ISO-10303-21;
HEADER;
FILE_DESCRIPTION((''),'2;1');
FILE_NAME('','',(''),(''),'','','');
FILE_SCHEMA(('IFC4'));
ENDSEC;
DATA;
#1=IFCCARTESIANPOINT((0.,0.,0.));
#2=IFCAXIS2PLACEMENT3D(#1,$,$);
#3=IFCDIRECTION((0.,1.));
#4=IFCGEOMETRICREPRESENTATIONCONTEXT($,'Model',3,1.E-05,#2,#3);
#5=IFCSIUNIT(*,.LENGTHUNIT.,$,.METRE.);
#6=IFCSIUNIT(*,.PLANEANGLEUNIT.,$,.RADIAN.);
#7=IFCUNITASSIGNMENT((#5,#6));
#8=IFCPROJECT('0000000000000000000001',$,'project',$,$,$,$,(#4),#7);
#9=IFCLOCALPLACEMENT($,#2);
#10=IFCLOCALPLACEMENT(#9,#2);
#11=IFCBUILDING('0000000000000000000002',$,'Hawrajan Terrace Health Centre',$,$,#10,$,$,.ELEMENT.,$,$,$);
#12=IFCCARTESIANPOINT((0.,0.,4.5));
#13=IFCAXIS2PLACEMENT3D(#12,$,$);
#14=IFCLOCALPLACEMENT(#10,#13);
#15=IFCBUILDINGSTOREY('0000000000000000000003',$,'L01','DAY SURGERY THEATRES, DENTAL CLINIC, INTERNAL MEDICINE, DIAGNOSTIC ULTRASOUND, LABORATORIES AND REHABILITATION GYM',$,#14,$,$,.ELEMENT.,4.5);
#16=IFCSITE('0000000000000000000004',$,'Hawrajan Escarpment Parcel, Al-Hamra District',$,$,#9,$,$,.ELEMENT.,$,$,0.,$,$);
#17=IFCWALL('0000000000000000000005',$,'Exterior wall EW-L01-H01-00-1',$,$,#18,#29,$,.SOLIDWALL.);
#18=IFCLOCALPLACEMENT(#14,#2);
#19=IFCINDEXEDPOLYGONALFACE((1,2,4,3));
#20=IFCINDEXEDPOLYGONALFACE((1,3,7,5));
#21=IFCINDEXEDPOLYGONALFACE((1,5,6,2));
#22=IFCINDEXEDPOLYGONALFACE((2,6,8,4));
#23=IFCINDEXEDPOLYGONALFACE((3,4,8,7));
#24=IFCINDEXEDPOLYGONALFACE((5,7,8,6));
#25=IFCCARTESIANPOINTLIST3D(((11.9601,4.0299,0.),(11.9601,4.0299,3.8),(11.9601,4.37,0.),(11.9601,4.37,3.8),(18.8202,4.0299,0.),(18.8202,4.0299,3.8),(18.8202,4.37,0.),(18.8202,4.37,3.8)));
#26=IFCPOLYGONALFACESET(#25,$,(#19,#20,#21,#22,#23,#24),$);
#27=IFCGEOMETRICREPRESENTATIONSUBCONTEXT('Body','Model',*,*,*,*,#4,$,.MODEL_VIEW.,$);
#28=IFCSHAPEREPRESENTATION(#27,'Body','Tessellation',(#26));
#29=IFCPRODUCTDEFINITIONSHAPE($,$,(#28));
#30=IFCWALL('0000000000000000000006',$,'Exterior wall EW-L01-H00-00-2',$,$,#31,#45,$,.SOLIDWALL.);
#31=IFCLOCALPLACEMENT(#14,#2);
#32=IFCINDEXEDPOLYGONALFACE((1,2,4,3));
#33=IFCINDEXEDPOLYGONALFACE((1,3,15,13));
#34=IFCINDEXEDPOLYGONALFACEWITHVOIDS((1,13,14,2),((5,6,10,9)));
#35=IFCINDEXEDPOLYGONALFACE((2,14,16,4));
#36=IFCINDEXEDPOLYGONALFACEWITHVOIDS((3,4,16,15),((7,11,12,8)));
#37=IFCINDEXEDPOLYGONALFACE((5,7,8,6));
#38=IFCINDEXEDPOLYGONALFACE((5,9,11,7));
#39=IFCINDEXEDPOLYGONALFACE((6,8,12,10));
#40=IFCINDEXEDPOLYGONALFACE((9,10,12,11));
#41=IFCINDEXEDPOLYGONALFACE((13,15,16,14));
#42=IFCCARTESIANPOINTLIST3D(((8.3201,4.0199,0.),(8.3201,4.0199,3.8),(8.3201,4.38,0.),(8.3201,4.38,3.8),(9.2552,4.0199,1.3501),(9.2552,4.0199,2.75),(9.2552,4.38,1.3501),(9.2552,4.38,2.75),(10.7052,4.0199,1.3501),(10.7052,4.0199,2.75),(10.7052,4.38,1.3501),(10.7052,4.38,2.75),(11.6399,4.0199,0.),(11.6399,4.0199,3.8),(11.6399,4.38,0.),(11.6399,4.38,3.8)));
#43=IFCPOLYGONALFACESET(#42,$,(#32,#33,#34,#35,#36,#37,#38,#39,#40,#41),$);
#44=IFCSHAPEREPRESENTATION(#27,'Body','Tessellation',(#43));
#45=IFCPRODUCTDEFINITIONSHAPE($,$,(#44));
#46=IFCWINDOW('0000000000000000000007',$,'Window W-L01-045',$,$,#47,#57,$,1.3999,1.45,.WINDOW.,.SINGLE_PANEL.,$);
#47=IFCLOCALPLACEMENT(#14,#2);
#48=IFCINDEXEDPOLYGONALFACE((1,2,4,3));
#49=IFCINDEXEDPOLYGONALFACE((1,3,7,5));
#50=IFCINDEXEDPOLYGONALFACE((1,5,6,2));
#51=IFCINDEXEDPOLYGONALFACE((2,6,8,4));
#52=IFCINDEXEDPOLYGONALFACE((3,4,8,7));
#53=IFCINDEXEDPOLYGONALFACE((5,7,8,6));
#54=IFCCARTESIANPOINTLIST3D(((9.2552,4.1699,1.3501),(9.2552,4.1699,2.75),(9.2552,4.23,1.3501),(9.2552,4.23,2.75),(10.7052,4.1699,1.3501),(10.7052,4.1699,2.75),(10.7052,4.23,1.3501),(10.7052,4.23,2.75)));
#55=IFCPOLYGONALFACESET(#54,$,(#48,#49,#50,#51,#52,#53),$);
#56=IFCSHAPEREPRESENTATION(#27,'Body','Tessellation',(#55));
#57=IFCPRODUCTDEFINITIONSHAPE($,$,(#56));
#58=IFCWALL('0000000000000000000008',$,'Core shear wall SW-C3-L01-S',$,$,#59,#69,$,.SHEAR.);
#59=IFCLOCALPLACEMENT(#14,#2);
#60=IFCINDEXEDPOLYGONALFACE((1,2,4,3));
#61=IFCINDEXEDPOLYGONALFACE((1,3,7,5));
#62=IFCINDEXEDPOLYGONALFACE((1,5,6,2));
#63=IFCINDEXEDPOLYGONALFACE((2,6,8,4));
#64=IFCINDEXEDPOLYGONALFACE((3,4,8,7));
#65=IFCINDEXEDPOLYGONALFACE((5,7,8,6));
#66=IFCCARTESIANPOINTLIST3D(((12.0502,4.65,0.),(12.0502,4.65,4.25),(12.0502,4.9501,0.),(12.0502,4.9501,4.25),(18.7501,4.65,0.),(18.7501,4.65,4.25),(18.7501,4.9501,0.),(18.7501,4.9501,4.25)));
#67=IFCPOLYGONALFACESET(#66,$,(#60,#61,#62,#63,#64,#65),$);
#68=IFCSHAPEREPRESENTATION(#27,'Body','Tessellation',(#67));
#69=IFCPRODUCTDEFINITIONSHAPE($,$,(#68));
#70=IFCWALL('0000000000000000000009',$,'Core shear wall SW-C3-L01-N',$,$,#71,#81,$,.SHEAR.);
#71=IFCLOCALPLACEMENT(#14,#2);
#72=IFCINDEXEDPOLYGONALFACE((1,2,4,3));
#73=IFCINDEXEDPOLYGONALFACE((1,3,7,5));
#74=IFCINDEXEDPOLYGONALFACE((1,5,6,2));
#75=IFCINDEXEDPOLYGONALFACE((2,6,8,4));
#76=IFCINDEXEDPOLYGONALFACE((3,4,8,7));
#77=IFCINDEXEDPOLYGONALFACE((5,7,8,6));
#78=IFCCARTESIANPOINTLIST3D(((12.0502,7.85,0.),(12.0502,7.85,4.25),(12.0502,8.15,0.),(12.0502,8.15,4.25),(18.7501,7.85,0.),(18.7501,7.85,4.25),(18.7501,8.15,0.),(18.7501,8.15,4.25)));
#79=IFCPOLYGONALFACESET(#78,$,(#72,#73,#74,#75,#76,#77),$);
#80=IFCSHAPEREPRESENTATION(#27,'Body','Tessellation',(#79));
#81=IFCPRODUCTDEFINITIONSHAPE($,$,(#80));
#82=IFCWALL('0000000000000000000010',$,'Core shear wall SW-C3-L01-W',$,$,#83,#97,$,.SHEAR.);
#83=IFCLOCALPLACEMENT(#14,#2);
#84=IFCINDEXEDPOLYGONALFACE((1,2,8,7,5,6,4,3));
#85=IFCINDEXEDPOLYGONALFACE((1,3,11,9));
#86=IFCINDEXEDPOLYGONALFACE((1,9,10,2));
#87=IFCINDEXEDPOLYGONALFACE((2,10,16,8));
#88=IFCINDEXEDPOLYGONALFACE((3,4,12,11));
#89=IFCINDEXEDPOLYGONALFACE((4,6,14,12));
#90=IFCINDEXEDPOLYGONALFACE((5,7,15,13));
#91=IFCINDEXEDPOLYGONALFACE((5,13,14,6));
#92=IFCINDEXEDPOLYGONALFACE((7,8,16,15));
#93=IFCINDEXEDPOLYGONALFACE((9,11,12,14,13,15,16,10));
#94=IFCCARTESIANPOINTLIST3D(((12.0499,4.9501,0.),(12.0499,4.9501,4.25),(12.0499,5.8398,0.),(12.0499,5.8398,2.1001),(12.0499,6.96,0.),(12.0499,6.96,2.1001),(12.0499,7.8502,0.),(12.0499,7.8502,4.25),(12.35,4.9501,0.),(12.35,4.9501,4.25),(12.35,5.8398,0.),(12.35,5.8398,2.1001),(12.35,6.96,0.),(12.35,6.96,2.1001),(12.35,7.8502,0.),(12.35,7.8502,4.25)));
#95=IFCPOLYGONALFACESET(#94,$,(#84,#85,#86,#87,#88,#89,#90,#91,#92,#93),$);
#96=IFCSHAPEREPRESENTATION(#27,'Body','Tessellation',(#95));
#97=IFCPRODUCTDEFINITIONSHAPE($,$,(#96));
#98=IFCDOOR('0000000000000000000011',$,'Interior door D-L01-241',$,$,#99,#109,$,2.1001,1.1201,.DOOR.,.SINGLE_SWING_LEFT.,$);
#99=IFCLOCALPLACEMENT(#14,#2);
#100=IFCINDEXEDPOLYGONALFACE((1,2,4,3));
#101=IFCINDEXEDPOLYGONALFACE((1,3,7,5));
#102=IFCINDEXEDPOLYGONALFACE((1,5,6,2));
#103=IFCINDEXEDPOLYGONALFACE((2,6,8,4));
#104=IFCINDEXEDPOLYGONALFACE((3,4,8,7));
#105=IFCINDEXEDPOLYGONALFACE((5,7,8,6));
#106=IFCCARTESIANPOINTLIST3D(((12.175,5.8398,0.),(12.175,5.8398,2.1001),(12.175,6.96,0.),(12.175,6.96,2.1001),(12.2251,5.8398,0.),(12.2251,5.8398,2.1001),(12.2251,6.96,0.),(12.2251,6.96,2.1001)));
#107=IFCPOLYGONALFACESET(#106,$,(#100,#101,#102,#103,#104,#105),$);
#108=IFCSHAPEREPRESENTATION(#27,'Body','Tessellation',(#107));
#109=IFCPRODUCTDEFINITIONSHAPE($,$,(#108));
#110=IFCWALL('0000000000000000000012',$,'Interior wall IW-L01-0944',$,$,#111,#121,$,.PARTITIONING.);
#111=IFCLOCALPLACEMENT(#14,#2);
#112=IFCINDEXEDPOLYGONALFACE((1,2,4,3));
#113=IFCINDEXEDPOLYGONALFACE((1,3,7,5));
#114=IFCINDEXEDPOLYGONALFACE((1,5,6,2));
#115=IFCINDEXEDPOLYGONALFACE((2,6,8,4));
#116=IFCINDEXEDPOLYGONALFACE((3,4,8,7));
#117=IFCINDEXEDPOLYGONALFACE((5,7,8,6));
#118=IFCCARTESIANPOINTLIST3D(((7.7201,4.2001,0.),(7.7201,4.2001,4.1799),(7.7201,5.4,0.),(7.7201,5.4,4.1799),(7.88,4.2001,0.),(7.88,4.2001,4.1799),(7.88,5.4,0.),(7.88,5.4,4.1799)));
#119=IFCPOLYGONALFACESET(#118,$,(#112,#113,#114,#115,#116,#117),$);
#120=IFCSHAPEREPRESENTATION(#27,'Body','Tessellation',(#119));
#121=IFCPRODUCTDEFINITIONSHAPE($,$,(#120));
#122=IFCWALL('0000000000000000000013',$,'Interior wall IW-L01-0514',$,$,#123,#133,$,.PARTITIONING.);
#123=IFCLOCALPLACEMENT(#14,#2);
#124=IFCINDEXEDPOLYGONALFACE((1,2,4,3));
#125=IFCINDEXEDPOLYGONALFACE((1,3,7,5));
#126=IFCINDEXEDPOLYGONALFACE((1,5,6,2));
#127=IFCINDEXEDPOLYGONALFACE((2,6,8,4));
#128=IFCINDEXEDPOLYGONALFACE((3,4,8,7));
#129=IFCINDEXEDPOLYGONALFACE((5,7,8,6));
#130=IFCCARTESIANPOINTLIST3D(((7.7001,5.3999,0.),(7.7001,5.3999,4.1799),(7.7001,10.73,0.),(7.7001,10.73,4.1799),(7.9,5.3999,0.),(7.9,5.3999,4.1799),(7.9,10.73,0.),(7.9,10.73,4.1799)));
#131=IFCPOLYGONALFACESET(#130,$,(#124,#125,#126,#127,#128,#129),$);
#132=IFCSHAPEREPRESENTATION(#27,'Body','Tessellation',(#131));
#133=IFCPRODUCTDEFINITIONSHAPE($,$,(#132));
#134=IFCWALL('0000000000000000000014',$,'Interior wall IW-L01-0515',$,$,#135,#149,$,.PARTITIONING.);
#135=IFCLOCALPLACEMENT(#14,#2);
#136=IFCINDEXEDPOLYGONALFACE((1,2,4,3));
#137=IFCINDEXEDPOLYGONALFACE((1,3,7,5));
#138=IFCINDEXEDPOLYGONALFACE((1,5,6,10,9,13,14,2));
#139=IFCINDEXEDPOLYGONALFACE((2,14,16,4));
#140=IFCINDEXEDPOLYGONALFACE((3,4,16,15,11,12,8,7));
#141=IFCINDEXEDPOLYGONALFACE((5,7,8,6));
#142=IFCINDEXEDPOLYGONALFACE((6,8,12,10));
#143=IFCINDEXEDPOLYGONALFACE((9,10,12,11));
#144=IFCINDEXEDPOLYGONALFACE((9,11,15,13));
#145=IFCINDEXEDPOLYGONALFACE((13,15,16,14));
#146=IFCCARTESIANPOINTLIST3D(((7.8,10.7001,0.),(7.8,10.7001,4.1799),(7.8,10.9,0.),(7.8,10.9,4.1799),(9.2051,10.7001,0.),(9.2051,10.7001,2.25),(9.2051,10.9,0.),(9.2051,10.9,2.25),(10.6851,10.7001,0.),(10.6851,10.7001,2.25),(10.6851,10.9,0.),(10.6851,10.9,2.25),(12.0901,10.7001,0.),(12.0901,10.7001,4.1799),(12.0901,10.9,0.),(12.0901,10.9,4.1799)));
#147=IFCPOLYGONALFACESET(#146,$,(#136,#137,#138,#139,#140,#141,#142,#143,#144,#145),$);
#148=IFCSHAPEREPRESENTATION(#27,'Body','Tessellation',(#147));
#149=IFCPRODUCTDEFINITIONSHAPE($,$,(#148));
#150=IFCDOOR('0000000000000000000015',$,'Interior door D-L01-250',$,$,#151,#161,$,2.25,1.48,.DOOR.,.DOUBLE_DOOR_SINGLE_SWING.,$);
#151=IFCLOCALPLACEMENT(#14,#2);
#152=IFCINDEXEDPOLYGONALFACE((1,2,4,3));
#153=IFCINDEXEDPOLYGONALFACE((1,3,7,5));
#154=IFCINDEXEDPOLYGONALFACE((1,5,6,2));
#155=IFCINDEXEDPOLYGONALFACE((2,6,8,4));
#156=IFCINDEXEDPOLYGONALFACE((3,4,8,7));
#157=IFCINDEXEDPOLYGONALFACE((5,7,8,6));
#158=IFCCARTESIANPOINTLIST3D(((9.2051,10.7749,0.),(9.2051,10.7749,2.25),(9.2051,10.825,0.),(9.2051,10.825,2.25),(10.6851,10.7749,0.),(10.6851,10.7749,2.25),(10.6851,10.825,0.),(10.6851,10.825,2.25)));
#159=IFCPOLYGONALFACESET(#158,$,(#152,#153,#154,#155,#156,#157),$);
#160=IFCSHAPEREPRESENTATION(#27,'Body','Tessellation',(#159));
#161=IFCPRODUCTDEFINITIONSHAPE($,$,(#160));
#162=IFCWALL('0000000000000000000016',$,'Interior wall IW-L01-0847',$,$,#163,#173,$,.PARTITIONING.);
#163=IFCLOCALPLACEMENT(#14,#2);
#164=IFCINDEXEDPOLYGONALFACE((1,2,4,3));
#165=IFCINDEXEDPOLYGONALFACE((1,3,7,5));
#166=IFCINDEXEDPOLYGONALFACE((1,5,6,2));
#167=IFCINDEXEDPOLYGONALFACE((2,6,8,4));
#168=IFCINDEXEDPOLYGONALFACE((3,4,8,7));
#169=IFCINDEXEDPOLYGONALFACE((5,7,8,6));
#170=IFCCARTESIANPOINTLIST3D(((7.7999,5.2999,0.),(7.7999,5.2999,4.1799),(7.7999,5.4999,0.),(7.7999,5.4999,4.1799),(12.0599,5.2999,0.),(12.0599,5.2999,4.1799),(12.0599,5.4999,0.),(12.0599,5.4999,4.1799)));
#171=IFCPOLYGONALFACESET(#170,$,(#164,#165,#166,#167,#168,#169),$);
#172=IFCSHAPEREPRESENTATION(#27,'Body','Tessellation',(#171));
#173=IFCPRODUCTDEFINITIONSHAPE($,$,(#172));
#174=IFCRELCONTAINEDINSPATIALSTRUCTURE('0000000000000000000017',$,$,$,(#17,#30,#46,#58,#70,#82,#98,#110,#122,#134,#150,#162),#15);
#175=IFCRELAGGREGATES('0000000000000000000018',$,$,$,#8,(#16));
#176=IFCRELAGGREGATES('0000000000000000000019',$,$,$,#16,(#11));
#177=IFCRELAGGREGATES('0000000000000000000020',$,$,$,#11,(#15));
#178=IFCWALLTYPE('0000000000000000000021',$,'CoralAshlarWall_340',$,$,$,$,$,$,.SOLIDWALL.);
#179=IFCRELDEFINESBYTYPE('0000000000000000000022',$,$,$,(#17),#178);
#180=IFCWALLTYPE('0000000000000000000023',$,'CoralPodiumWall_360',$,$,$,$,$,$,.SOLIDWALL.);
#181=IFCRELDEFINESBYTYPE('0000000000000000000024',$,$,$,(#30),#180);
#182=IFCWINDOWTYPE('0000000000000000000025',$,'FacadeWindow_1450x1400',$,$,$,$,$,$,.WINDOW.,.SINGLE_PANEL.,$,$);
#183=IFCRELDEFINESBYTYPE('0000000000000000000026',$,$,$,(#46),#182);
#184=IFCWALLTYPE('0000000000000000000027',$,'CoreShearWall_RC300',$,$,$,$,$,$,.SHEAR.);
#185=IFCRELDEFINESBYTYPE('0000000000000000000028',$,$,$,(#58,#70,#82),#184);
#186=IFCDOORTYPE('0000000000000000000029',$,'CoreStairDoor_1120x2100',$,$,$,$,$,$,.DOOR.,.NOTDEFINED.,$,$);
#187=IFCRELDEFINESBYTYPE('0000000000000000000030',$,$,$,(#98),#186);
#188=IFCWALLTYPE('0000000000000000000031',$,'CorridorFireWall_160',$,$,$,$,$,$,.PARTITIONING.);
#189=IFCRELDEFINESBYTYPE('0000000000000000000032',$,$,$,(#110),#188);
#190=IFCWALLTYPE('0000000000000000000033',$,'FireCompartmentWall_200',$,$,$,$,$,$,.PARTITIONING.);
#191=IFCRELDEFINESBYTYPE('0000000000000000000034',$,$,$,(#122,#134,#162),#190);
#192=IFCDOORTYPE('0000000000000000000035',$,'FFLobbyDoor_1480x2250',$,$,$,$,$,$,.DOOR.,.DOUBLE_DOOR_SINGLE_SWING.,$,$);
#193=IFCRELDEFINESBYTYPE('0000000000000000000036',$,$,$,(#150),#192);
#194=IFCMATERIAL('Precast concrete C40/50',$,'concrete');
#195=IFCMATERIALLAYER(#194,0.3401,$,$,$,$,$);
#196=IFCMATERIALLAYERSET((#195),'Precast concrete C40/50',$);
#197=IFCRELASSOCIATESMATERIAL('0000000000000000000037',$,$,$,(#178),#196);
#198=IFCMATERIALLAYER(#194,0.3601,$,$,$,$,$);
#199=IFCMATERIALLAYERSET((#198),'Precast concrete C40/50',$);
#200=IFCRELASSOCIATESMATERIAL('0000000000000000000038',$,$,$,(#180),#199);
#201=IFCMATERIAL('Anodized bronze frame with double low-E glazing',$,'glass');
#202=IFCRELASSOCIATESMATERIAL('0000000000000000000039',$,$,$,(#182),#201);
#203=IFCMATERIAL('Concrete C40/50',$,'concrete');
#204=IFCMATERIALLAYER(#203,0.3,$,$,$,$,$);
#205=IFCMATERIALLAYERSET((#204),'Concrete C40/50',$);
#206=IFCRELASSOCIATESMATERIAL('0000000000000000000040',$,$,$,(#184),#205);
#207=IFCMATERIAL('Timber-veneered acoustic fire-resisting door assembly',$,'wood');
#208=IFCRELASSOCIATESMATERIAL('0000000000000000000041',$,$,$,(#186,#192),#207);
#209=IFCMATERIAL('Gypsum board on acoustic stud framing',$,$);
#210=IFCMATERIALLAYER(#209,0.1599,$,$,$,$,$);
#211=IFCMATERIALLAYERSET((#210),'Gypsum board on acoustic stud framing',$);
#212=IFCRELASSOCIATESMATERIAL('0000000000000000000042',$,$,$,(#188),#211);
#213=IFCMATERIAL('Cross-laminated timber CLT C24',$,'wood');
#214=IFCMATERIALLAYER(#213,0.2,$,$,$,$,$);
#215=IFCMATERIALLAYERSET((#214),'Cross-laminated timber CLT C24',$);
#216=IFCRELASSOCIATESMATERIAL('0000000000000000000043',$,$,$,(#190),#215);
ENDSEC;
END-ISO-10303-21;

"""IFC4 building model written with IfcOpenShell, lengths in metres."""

from ifc_helpers import new_model, si_unit, direction, frame, frame_2d, origin, place, context, subcontext, project, spatial, rectangle, extrude, material, layer, layer_set, type_object, element, fill, save


model = new_model("IFC4")

# Units and contexts
model_context = context("Model", 3, precision=1e-05, world=origin(), true_north=direction((0.0, 1.0)))
body_context = subcontext(model_context, "Body", "Model", "MODEL_VIEW")
ifc_project = project(units=[si_unit("LENGTHUNIT", "METRE"), si_unit("PLANEANGLEUNIT", "RADIAN")], contexts=[model_context])

# Site, building, storey
site_placement = place(None, origin())
site = spatial("IfcSite", under=ifc_project, at=site_placement, Name="Hawrajan Escarpment Parcel, Al-Hamra District", CompositionType="ELEMENT", RefElevation=0.0)
building_placement = place(site_placement, origin())
building = spatial("IfcBuilding", under=site, at=building_placement, Name="Hawrajan Terrace Health Centre", CompositionType="ELEMENT")
storey_placement = place(building_placement, frame((0.0, 0.0, 4.5)))
storey = spatial("IfcBuildingStorey", under=building, at=storey_placement, Name="L01", Description="DAY SURGERY THEATRES, DENTAL CLINIC, INTERNAL MEDICINE, DIAGNOSTIC ULTRASOUND, LABORATORIES AND REHABILITATION GYM", CompositionType="ELEMENT", Elevation=4.5)

# Shared definitions
ifc_material_1 = material(Name="Concrete C40/50", Category="concrete")

# Wall
ifc_material_2 = material(Name="Precast concrete C40/50", Category="concrete")
ifc_layer_1 = layer(ifc_material_2, 0.3401)
ifc_layer_set_1 = layer_set([ifc_layer_1], Name="Precast concrete C40/50")
wall_type_1 = type_object("IfcWallType", Name="CoralAshlarWall_340", PredefinedType="SOLIDWALL", material=ifc_layer_set_1)
wall_1_placement = place(storey_placement, frame((11.96, 4.2, 0.0), z_axis=(0.0, 0.0, 1.0), x_axis=(1.0, 0.0, 0.0)))
element("IfcWall", 1, at=wall_1_placement, inside=storey, type_object=wall_type_1, Name="Exterior wall EW-L01-H01-00-1", PredefinedType="SOLIDWALL", context=body_context, shape_type="SweptSolid", body=[
    extrude(rectangle(XDim=6.8601, YDim=0.3401, at=frame_2d((3.4302, 0.0))), origin(), (0.0, 0.0, 1.0), 3.8),
])

# Wall, opening, window
ifc_layer_2 = layer(ifc_material_2, 0.3601)
ifc_layer_set_2 = layer_set([ifc_layer_2], Name="Precast concrete C40/50")
wall_type_2 = type_object("IfcWallType", Name="CoralPodiumWall_360", PredefinedType="SOLIDWALL", material=ifc_layer_set_2)
wall_2_placement = place(storey_placement, frame((8.3201, 4.2, 0.0), z_axis=(0.0, 0.0, 1.0), x_axis=(1.0, 0.0, 0.0)))
wall_2 = element("IfcWall", 2, at=wall_2_placement, inside=storey, type_object=wall_type_2, Name="Exterior wall EW-L01-H00-00-2", PredefinedType="SOLIDWALL", context=body_context, shape_type="SweptSolid", body=[
    extrude(rectangle(XDim=3.3198, YDim=0.3601, at=frame_2d((1.6599, 0.0))), origin(), (0.0, 0.0, 1.0), 3.8),
])
opening_1_placement = place(wall_2_placement, frame((0.9351, 0.0, 1.3501)))
opening_1 = element("IfcOpeningElement", 3, at=opening_1_placement, cuts=wall_2, PredefinedType="OPENING", context=body_context, shape_type="SweptSolid", body=[
    extrude(rectangle(XDim=1.45, YDim=1.3999, at=frame_2d((0.7251, 0.7))), frame((0.0, 0.1899, 0.0), z_axis=(0.0, -1.0, 0.0), x_axis=(1.0, 0.0, 0.0)), (0.0, 0.0, 1.0), 0.3801),
])
ifc_material_3 = material(Name="Anodized bronze frame with double low-E glazing", Category="glass")
window_type = type_object("IfcWindowType", Name="FacadeWindow_1450x1400", PartitioningType="SINGLE_PANEL", PredefinedType="WINDOW", material=ifc_material_3)
window_placement = place(opening_1_placement, origin())
window = element("IfcWindow", 4, at=window_placement, inside=storey, type_object=window_type, Name="Window W-L01-045", OverallHeight=1.3999, OverallWidth=1.45, PartitioningType="SINGLE_PANEL", PredefinedType="WINDOW", context=body_context, shape_type="SweptSolid", body=[
    extrude(rectangle(XDim=1.45, YDim=1.3999, at=frame_2d((0.7251, 0.7))), frame((0.0, 0.03, 0.0), z_axis=(0.0, -1.0, 0.0), x_axis=(1.0, 0.0, 0.0)), (0.0, 0.0, 1.0), 0.0601),
])
fill(opening_1, window)

# Walls
ifc_layer_3 = layer(ifc_material_1, 0.3)
ifc_layer_set_3 = layer_set([ifc_layer_3], Name="Concrete C40/50")
wall_type_3 = type_object("IfcWallType", Name="CoreShearWall_RC300", PredefinedType="SHEAR", material=ifc_layer_set_3)
for number, where, z_axis, x_axis, name in (
    (5, (12.05, 4.8, 0.0), (0.0, 0.0, 1.0), (1.0, 0.0, 0.0), "Core shear wall SW-C3-L01-S"),
    (6, (12.05, 8.0, 0.0), (0.0, 0.0, 1.0), (1.0, 0.0, 0.0), "Core shear wall SW-C3-L01-N"),
):
    element("IfcWall", number, at=place(storey_placement, frame(where, z_axis=z_axis, x_axis=x_axis)), inside=storey, type_object=wall_type_3, Name=name, PredefinedType="SHEAR", context=body_context, shape_type="SweptSolid", body=[
        extrude(rectangle(XDim=6.7, YDim=0.3, at=frame_2d((3.3501, 0.0))), origin(), (0.0, 0.0, 1.0), 4.25),
    ])

# Wall, opening, door
wall_3_placement = place(storey_placement, frame((12.2, 4.95, 0.0), z_axis=(0.0, 0.0, 1.0), x_axis=(0.0, 1.0, 0.0)))
wall_3 = element("IfcWall", 7, at=wall_3_placement, inside=storey, type_object=wall_type_3, Name="Core shear wall SW-C3-L01-W", PredefinedType="SHEAR", context=body_context, shape_type="SweptSolid", body=[
    extrude(rectangle(XDim=2.9001, YDim=0.3, at=frame_2d((1.4502, 0.0))), origin(), (0.0, 0.0, 1.0), 4.25),
])
opening_2_placement = place(wall_3_placement, frame((0.8899, 0.0, 0.0)))
opening_2 = element("IfcOpeningElement", 8, at=opening_2_placement, cuts=wall_3, PredefinedType="OPENING", context=body_context, shape_type="SweptSolid", body=[
    extrude(rectangle(XDim=1.1201, YDim=2.1001, at=frame_2d((0.5601, 1.05))), frame((0.0, 0.1599, 0.0), z_axis=(0.0, -1.0, 0.0), x_axis=(1.0, 0.0, 0.0)), (0.0, 0.0, 1.0), 0.3201),
])
ifc_material_4 = material(Name="Timber-veneered acoustic fire-resisting door assembly", Category="wood")
door_type_1 = type_object("IfcDoorType", Name="CoreStairDoor_1120x2100", OperationType="NOTDEFINED", PredefinedType="DOOR", material=ifc_material_4)
door_1_placement = place(opening_2_placement, origin())
door_1 = element("IfcDoor", 9, at=door_1_placement, inside=storey, type_object=door_type_1, Name="Interior door D-L01-241", OperationType="SINGLE_SWING_LEFT", OverallHeight=2.1001, OverallWidth=1.1201, PredefinedType="DOOR", context=body_context, shape_type="SweptSolid", body=[
    extrude(rectangle(XDim=1.1201, YDim=2.1001, at=frame_2d((0.5601, 1.05))), frame((0.0, 0.0249, 0.0), z_axis=(0.0, -1.0, 0.0), x_axis=(1.0, 0.0, 0.0)), (0.0, 0.0, 1.0), 0.05),
])
fill(opening_2, door_1)

# Walls
ifc_material_5 = material(Name="Gypsum board on acoustic stud framing")
ifc_layer_4 = layer(ifc_material_5, 0.1599)
ifc_layer_set_4 = layer_set([ifc_layer_4], Name="Gypsum board on acoustic stud framing")
wall_type_4 = type_object("IfcWallType", Name="CorridorFireWall_160", PredefinedType="PARTITIONING", material=ifc_layer_set_4)
wall_4_placement = place(storey_placement, frame((7.8, 4.2, 0.0), z_axis=(0.0, 0.0, 1.0), x_axis=(0.0, 1.0, 0.0)))
element("IfcWall", 10, at=wall_4_placement, inside=storey, type_object=wall_type_4, Name="Interior wall IW-L01-0944", PredefinedType="PARTITIONING", context=body_context, shape_type="SweptSolid", body=[
    extrude(rectangle(XDim=1.2, YDim=0.1599, at=frame_2d((0.6001, 0.0))), origin(), (0.0, 0.0, 1.0), 4.1799),
])
ifc_material_6 = material(Name="Cross-laminated timber CLT C24", Category="wood")
ifc_layer_5 = layer(ifc_material_6, 0.2)
ifc_layer_set_5 = layer_set([ifc_layer_5], Name="Cross-laminated timber CLT C24")
wall_type_5 = type_object("IfcWallType", Name="FireCompartmentWall_200", PredefinedType="PARTITIONING", material=ifc_layer_set_5)
wall_5_placement = place(storey_placement, frame((7.8, 5.3999, 0.0), z_axis=(0.0, 0.0, 1.0), x_axis=(0.0, 1.0, 0.0)))
element("IfcWall", 11, at=wall_5_placement, inside=storey, type_object=wall_type_5, Name="Interior wall IW-L01-0514", PredefinedType="PARTITIONING", context=body_context, shape_type="SweptSolid", body=[
    extrude(rectangle(XDim=5.3301, YDim=0.2, at=frame_2d((2.665, 0.0))), origin(), (0.0, 0.0, 1.0), 4.1799),
])

# Wall, opening, door
wall_6_placement = place(storey_placement, frame((7.8, 10.8, 0.0), z_axis=(0.0, 0.0, 1.0), x_axis=(1.0, 0.0, 0.0)))
wall_6 = element("IfcWall", 12, at=wall_6_placement, inside=storey, type_object=wall_type_5, Name="Interior wall IW-L01-0515", PredefinedType="PARTITIONING", context=body_context, shape_type="SweptSolid", body=[
    extrude(rectangle(XDim=4.29, YDim=0.2, at=frame_2d((2.145, 0.0))), origin(), (0.0, 0.0, 1.0), 4.1799),
])
opening_3_placement = place(wall_6_placement, frame((1.405, 0.0, 0.0)))
opening_3 = element("IfcOpeningElement", 13, at=opening_3_placement, cuts=wall_6, PredefinedType="OPENING", context=body_context, shape_type="SweptSolid", body=[
    extrude(rectangle(XDim=1.48, YDim=2.25, at=frame_2d((0.74, 1.125))), frame((0.0, 0.1099, 0.0), z_axis=(0.0, -1.0, 0.0), x_axis=(1.0, 0.0, 0.0)), (0.0, 0.0, 1.0), 0.22),
])
door_type_2 = type_object("IfcDoorType", Name="FFLobbyDoor_1480x2250", OperationType="DOUBLE_DOOR_SINGLE_SWING", PredefinedType="DOOR", material=ifc_material_4)
door_2_placement = place(opening_3_placement, origin())
door_2 = element("IfcDoor", 14, at=door_2_placement, inside=storey, type_object=door_type_2, Name="Interior door D-L01-250", OperationType="DOUBLE_DOOR_SINGLE_SWING", OverallHeight=2.25, OverallWidth=1.48, PredefinedType="DOOR", context=body_context, shape_type="SweptSolid", body=[
    extrude(rectangle(XDim=1.48, YDim=2.25, at=frame_2d((0.74, 1.125))), frame((0.0, 0.0249, 0.0), z_axis=(0.0, -1.0, 0.0), x_axis=(1.0, 0.0, 0.0)), (0.0, 0.0, 1.0), 0.05),
])
fill(opening_3, door_2)

# Wall
wall_7_placement = place(storey_placement, frame((7.8, 5.3999, 0.0), z_axis=(0.0, 0.0, 1.0), x_axis=(1.0, 0.0, 0.0)))
element("IfcWall", 15, at=wall_7_placement, inside=storey, type_object=wall_type_5, Name="Interior wall IW-L01-0847", PredefinedType="PARTITIONING", context=body_context, shape_type="SweptSolid", body=[
    extrude(rectangle(XDim=4.26, YDim=0.2, at=frame_2d((2.1299, 0.0))), origin(), (0.0, 0.0, 1.0), 4.1799),
])

save(model, "model.ifc")
